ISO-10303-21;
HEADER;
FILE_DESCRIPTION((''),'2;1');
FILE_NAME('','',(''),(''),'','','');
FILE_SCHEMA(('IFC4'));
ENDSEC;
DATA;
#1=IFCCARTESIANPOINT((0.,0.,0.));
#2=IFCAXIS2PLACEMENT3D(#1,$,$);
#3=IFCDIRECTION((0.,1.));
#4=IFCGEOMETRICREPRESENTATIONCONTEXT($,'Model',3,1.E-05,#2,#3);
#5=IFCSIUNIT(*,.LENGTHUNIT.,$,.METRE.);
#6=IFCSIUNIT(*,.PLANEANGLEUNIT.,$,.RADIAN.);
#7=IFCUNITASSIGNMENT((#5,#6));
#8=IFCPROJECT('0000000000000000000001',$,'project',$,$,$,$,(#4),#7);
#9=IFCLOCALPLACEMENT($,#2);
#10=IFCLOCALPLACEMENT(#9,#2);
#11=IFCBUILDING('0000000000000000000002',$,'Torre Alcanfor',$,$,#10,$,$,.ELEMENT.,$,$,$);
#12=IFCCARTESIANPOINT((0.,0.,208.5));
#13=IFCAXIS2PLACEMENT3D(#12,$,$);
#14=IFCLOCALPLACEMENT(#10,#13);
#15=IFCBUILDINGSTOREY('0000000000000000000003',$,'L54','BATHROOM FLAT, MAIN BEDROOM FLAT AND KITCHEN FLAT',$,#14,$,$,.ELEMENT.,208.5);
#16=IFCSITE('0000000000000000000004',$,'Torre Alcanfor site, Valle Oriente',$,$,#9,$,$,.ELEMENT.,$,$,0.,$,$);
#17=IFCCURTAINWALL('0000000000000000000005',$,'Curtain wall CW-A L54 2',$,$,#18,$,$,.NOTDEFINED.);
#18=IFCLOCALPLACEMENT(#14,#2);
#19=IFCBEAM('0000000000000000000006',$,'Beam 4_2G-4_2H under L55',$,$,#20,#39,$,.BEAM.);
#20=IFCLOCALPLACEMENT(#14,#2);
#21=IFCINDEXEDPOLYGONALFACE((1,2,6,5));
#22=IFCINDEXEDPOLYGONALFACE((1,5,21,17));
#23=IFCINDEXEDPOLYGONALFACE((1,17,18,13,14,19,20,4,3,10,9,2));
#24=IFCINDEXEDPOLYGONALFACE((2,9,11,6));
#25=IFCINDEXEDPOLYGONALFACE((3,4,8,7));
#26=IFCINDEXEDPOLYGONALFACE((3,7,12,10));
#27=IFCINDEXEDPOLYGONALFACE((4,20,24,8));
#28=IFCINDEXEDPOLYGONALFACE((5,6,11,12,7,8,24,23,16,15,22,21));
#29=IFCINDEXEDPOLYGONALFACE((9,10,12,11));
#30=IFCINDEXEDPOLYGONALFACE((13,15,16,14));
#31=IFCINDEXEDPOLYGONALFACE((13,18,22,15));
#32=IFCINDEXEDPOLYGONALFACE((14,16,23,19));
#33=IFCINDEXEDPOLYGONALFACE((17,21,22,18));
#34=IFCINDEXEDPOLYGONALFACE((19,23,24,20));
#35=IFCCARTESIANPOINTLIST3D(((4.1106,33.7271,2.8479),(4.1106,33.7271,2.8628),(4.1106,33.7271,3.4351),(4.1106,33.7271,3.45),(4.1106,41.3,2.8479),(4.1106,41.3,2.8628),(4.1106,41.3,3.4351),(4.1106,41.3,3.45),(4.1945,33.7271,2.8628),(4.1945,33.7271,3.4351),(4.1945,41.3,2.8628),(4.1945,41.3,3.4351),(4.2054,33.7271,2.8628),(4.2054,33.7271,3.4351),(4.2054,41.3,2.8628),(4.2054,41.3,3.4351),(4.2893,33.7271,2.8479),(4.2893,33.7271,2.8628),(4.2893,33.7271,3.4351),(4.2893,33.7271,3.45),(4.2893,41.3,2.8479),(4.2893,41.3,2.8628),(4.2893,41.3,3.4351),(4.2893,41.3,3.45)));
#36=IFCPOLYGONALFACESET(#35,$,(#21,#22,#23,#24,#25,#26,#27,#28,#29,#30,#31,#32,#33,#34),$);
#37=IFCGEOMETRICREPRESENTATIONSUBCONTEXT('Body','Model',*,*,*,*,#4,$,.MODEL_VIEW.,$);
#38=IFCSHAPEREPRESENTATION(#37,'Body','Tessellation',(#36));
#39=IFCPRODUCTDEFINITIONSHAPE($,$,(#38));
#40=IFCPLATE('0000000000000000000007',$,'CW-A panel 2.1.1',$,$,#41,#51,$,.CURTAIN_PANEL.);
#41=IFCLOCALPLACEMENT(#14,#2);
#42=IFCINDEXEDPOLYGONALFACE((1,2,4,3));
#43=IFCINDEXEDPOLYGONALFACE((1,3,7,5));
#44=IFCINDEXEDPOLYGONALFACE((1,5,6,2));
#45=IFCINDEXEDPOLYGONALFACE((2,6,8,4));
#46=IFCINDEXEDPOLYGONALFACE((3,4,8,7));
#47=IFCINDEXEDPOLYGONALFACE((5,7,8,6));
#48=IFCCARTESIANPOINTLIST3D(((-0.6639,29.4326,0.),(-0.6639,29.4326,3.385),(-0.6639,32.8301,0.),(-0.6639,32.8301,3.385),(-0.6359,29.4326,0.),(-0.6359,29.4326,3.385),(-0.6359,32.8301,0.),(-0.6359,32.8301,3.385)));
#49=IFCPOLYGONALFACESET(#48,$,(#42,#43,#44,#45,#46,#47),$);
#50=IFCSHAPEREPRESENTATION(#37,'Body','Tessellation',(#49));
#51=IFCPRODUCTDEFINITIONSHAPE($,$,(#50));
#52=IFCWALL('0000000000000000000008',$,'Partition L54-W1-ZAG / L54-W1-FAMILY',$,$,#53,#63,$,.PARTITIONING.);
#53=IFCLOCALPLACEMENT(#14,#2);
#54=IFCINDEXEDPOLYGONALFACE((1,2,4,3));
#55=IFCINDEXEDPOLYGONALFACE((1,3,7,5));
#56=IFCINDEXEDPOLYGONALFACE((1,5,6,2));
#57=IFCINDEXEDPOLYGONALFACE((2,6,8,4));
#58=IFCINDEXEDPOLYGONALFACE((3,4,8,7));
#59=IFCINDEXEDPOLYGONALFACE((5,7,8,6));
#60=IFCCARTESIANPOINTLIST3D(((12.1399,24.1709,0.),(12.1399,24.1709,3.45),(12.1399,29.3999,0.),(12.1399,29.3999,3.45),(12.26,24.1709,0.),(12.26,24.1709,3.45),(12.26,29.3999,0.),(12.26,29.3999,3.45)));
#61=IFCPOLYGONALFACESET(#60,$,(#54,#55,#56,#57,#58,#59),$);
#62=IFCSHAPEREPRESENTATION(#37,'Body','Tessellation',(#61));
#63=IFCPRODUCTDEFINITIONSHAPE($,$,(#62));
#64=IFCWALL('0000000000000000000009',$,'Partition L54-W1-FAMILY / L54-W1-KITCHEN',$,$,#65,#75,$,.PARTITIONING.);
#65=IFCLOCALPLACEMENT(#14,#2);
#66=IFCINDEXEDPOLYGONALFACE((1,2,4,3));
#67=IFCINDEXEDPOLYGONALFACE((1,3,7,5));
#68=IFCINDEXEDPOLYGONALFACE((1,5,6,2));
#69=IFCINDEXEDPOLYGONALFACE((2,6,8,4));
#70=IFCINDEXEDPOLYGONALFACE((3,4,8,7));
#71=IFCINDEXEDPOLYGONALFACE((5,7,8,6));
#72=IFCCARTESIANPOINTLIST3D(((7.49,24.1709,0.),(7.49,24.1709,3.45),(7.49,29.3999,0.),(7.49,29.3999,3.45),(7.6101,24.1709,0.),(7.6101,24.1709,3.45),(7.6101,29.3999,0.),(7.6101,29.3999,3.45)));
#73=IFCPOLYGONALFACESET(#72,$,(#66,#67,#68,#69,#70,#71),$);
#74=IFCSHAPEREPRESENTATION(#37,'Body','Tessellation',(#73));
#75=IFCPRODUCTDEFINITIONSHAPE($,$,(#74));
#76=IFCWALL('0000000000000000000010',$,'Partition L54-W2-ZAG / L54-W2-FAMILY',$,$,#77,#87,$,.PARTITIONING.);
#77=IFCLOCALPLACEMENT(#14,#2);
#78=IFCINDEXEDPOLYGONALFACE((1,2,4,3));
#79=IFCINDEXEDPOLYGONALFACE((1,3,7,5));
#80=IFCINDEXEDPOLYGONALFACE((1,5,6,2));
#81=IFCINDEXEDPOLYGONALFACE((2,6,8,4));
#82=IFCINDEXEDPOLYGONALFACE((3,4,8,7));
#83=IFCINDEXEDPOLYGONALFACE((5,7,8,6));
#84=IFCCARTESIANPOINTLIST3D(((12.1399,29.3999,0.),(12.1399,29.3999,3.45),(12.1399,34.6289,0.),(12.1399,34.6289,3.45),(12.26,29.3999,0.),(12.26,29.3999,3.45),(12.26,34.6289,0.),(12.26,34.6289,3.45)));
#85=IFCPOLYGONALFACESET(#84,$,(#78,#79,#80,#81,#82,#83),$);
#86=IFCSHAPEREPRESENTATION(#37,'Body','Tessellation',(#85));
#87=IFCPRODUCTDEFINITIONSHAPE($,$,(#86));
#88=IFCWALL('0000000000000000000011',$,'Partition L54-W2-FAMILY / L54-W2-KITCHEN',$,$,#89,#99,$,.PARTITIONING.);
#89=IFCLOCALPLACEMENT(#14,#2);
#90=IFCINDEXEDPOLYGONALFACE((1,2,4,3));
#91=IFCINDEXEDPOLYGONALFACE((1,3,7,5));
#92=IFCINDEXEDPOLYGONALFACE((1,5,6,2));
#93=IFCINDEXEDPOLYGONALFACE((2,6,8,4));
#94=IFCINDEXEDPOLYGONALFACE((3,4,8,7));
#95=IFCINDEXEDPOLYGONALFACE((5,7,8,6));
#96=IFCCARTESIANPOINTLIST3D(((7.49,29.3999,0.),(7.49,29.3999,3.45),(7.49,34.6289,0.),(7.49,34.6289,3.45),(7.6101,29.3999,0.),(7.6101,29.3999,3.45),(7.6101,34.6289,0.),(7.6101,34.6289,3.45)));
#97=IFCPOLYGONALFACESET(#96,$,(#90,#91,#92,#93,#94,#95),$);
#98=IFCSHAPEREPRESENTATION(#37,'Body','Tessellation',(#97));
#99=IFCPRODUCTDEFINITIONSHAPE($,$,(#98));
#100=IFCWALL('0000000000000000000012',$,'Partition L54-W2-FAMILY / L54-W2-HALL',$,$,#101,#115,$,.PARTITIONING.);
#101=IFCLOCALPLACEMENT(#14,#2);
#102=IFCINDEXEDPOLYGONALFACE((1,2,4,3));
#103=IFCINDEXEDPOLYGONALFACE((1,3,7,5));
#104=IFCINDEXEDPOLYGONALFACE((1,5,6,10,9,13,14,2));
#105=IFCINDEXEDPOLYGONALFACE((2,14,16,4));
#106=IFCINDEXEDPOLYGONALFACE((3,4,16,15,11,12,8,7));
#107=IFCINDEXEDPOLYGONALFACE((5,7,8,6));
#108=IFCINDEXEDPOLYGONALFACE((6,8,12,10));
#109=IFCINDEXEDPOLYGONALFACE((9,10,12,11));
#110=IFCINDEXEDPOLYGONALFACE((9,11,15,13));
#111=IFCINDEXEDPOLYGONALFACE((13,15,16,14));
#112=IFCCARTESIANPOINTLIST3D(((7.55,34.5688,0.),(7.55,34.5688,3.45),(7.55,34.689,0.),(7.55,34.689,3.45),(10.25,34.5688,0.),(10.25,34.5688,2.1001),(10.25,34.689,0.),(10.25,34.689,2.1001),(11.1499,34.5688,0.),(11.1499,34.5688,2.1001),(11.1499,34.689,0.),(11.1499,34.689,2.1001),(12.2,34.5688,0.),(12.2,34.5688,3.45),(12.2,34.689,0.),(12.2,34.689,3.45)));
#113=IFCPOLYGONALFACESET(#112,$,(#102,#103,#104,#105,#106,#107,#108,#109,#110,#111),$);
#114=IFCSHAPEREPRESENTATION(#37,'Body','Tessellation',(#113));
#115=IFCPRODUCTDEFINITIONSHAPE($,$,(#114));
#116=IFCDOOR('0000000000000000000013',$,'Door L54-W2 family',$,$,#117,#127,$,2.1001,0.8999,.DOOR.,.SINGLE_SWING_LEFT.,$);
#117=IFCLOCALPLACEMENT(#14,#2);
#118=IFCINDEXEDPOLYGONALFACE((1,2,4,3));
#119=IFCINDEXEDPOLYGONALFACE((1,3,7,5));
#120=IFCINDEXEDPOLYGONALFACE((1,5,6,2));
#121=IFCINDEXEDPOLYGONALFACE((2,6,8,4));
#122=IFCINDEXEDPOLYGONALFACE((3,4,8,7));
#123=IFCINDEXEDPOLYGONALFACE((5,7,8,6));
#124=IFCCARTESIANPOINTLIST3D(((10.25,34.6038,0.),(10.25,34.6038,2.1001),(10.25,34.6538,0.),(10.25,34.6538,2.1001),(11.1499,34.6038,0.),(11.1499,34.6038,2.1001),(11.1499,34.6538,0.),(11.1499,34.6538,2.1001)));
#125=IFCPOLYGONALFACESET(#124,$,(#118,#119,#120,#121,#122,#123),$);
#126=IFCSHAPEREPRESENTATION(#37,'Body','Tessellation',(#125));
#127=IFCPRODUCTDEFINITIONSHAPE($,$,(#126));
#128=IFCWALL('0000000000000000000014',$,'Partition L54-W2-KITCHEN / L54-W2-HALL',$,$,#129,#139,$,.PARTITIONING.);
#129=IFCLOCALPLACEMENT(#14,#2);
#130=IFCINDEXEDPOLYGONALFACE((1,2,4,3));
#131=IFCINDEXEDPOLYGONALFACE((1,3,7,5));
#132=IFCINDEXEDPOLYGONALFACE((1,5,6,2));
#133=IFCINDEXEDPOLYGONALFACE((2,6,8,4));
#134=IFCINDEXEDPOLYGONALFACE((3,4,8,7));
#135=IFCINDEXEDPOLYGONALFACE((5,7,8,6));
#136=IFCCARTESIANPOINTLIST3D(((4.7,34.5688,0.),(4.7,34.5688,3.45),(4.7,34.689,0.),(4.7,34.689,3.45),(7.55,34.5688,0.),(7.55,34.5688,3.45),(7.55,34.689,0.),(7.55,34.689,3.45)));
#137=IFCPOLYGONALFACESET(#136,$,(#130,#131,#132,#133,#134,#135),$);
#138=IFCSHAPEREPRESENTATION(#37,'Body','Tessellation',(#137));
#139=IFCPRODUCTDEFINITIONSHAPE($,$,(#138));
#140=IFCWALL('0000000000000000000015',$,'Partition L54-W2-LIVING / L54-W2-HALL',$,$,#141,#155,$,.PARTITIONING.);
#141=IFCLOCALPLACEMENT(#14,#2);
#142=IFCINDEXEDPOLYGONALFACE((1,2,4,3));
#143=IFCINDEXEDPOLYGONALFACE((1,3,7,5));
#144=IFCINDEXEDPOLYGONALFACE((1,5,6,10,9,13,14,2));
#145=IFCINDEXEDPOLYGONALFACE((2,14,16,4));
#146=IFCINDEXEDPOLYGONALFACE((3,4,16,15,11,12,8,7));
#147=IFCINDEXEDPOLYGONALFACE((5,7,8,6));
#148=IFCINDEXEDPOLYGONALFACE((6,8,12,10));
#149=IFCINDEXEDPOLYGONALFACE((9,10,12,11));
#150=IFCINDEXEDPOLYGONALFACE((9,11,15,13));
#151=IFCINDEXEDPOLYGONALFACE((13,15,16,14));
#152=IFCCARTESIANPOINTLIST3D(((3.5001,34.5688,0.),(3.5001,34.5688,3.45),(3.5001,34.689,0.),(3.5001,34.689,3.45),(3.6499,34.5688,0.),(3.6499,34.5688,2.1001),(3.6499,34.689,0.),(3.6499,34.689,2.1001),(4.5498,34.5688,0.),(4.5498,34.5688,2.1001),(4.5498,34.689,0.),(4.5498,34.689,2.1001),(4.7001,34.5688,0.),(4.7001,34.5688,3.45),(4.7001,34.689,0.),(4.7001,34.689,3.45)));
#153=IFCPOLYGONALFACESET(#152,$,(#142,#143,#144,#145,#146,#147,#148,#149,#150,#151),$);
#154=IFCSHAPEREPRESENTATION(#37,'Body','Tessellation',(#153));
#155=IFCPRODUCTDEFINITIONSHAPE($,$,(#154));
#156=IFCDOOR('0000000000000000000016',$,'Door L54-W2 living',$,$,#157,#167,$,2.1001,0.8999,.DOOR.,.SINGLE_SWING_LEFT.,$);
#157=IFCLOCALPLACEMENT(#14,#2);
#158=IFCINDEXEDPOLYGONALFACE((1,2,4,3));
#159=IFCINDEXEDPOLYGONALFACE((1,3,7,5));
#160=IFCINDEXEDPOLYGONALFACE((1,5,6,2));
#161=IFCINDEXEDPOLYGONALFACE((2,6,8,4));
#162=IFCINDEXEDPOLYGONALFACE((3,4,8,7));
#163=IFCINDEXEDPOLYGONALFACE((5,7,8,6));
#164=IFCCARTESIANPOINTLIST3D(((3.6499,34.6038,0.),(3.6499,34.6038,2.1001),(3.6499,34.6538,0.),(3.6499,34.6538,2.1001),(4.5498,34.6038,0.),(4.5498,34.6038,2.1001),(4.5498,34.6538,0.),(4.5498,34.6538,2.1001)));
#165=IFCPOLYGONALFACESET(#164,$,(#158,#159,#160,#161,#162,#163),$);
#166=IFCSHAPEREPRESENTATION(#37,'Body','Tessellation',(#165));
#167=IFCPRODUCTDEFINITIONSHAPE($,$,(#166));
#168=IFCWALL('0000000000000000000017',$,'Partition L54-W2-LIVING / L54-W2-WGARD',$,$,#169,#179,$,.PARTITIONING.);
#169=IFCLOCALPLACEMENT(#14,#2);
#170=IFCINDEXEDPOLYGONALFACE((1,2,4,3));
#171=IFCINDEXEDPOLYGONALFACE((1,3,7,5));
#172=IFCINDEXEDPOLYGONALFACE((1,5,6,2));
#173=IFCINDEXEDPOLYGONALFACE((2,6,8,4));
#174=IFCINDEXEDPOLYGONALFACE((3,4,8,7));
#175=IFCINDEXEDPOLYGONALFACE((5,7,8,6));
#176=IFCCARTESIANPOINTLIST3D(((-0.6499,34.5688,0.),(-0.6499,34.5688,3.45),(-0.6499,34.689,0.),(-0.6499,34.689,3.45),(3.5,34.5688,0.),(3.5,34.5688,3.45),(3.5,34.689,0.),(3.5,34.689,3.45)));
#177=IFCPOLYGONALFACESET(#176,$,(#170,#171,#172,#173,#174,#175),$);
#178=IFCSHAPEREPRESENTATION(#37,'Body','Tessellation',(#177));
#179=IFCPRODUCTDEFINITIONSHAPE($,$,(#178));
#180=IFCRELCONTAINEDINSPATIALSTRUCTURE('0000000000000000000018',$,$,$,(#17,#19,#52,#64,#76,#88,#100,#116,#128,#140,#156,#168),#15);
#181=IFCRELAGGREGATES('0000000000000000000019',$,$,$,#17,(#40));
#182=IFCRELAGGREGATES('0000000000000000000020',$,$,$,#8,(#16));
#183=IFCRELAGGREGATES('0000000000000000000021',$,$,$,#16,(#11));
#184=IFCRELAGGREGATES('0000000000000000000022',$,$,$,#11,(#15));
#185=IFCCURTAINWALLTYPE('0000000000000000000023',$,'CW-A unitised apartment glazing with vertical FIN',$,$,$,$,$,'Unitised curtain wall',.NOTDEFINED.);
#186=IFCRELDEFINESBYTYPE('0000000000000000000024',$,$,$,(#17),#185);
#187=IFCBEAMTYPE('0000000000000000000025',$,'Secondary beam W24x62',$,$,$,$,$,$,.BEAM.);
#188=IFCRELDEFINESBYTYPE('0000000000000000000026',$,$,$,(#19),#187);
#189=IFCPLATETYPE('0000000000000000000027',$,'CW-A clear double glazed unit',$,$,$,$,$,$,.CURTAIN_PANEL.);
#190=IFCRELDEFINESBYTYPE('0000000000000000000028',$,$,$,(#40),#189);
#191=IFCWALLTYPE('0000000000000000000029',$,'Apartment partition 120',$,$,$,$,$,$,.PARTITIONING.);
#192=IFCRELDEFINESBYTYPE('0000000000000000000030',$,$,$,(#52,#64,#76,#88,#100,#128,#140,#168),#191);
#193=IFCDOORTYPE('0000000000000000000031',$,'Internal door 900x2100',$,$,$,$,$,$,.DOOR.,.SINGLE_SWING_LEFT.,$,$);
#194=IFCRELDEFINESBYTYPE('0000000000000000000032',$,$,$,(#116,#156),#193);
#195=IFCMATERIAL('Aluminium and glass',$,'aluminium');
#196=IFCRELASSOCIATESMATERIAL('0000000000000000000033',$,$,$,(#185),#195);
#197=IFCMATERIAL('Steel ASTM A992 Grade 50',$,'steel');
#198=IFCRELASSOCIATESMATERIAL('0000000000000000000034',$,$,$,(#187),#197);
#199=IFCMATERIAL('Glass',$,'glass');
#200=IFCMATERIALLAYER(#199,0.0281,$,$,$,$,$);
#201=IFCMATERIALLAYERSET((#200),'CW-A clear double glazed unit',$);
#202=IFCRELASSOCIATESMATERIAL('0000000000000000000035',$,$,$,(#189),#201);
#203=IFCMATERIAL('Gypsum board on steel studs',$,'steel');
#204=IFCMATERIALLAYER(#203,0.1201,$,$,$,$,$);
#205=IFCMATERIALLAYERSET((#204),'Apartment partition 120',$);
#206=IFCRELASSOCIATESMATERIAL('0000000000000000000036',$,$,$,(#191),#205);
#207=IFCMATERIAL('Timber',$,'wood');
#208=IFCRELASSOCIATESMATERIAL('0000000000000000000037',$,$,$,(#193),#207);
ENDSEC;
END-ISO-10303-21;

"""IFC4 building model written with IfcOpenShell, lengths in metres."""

from ifc_helpers import new_model, si_unit, direction, frame, frame_2d, origin, origin_2d, place, context, subcontext, project, spatial, rectangle, i_section, extrude, material, layer, layer_set, material_profile, profile_set, type_object, element, fill, aggregate, save


model = new_model("IFC4")

# Units and contexts
model_context = context("Model", 3, precision=1e-05, world=origin(), true_north=direction((0.0, 1.0)))
body_context = subcontext(model_context, "Body", "Model", "MODEL_VIEW")
ifc_project = project(units=[si_unit("LENGTHUNIT", "METRE"), si_unit("PLANEANGLEUNIT", "RADIAN")], contexts=[model_context])

# Site, building, storey
site_placement = place(None, origin())
site = spatial("IfcSite", under=ifc_project, at=site_placement, Name="Torre Alcanfor site, Valle Oriente", CompositionType="ELEMENT", RefElevation=0.0)
building_placement = place(site_placement, origin())
building = spatial("IfcBuilding", under=site, at=building_placement, Name="Torre Alcanfor", CompositionType="ELEMENT")
storey_placement = place(building_placement, frame((0.0, 0.0, 208.5)))
storey = spatial("IfcBuildingStorey", under=building, at=storey_placement, Name="L54", Description="BATHROOM FLAT, MAIN BEDROOM FLAT AND KITCHEN FLAT", CompositionType="ELEMENT", Elevation=208.5)

# Curtain wall
ifc_material_1 = material(Name="Aluminium and glass", Category="aluminium")
curtain_wall_type = type_object("IfcCurtainWallType", Name="CW-A unitised apartment glazing with vertical FIN", ElementType="Unitised curtain wall", PredefinedType="NOTDEFINED", material=ifc_material_1)
curtain_wall_placement = place(storey_placement, origin())
curtain_wall = element("IfcCurtainWall", 1, at=curtain_wall_placement, inside=storey, type_object=curtain_wall_type, Name="Curtain wall CW-A L54 2", PredefinedType="NOTDEFINED")

# Beam
ifc_material_2 = material(Name="Steel ASTM A992 Grade 50", Category="steel")
ifc_material_profile_1 = material_profile(ifc_material_2, i_section(OverallWidth=0.1787, OverallDepth=0.6021, WebThickness=0.011, FlangeThickness=0.0149, at=origin_2d()), Name="W24x62")
ifc_profile_set_1 = profile_set([ifc_material_profile_1], Name="Steel ASTM A992 Grade 50")
beam_type_1 = type_object("IfcBeamType", Name="Secondary beam W24x62", PredefinedType="BEAM", material=ifc_profile_set_1)
beam_1_placement = place(storey_placement, frame((4.2, 33.7271, 3.1489), z_axis=(0.0, 1.0, 0.0), x_axis=(-1.0, 0.0, 0.0)))
element("IfcBeam", 2, at=beam_1_placement, inside=storey, type_object=beam_type_1, Name="Beam 4_2G-4_2H under L55", PredefinedType="BEAM", context=body_context, shape_type="SweptSolid", body=[
    extrude(i_section(OverallWidth=0.1787, OverallDepth=0.6021, WebThickness=0.011, FlangeThickness=0.0149, at=origin_2d()), origin(), (0.0, 0.0, 1.0), 7.573),
])

# Plate
ifc_material_3 = material(Name="Glass", Category="glass")
ifc_layer_1 = layer(ifc_material_3, 0.0281)
ifc_layer_set_1 = layer_set([ifc_layer_1], Name="CW-A clear double glazed unit")
plate_type = type_object("IfcPlateType", Name="CW-A clear double glazed unit", PredefinedType="CURTAIN_PANEL", material=ifc_layer_set_1)
plate_placement = place(storey_placement, frame((-0.6499, 31.1313, 0.0), z_axis=(0.0, 0.0, 1.0), x_axis=(0.0, -1.0, 0.0)))
plate = element("IfcPlate", 3, at=plate_placement, type_object=plate_type, Name="CW-A panel 2.1.1", PredefinedType="CURTAIN_PANEL", context=body_context, shape_type="SweptSolid", body=[
    extrude(rectangle(XDim=3.3975, YDim=0.0281, at=origin_2d()), origin(), (0.0, 0.0, 1.0), 3.385),
])
aggregate(curtain_wall, [plate])

# Walls
ifc_material_4 = material(Name="Gypsum board on steel studs", Category="steel")
ifc_layer_2 = layer(ifc_material_4, 0.1201)
ifc_layer_set_2 = layer_set([ifc_layer_2], Name="Apartment partition 120")
wall_type_1 = type_object("IfcWallType", Name="Apartment partition 120", PredefinedType="PARTITIONING", material=ifc_layer_set_2)
for number, where, z_axis, x_axis, name in (
    (4, (12.2, 29.3999, 0.0), (0.0, 0.0, 1.0), (0.0, -1.0, 0.0), "Partition L54-W1-ZAG / L54-W1-FAMILY"),
    (5, (7.55, 29.3999, 0.0), (0.0, 0.0, 1.0), (0.0, -1.0, 0.0), "Partition L54-W1-FAMILY / L54-W1-KITCHEN"),
    (6, (12.2, 29.3999, 0.0), (0.0, 0.0, 1.0), (0.0, 1.0, 0.0), "Partition L54-W2-ZAG / L54-W2-FAMILY"),
    (7, (7.55, 29.3999, 0.0), (0.0, 0.0, 1.0), (0.0, 1.0, 0.0), "Partition L54-W2-FAMILY / L54-W2-KITCHEN"),
):
    element("IfcWall", number, at=place(storey_placement, frame(where, z_axis=z_axis, x_axis=x_axis)), inside=storey, type_object=wall_type_1, Name=name, PredefinedType="PARTITIONING", context=body_context, shape_type="SweptSolid", body=[
        extrude(rectangle(XDim=5.229, YDim=0.1201, at=frame_2d((2.6145, 0.0))), origin(), (0.0, 0.0, 1.0), 3.45),
    ])

# Wall, opening, door
wall_1_placement = place(storey_placement, frame((7.55, 34.6289, 0.0), z_axis=(0.0, 0.0, 1.0), x_axis=(1.0, 0.0, 0.0)))
wall_1 = element("IfcWall", 8, at=wall_1_placement, inside=storey, type_object=wall_type_1, Name="Partition L54-W2-FAMILY / L54-W2-HALL", PredefinedType="PARTITIONING", context=body_context, shape_type="SweptSolid", body=[
    extrude(rectangle(XDim=4.6499, YDim=0.1201, at=frame_2d((2.325, 0.0))), origin(), (0.0, 0.0, 1.0), 3.45),
])
opening_1_placement = place(wall_1_placement, frame((2.7, 0.0, 0.0)))
opening_1 = element("IfcOpeningElement", 9, at=opening_1_placement, cuts=wall_1, PredefinedType="OPENING", context=body_context, shape_type="SweptSolid", body=[
    extrude(rectangle(XDim=0.8999, YDim=2.1001, at=frame_2d((0.45, 1.05))), frame((0.0, 0.0701, 0.0), z_axis=(0.0, -1.0, 0.0), x_axis=(1.0, 0.0, 0.0)), (0.0, 0.0, 1.0), 0.1401),
])
ifc_material_5 = material(Name="Timber", Category="wood")
door_type = type_object("IfcDoorType", Name="Internal door 900x2100", OperationType="SINGLE_SWING_LEFT", PredefinedType="DOOR", material=ifc_material_5)
door_1_placement = place(opening_1_placement, frame((0.8999, 0.0, 0.0), z_axis=(0.0, 0.0, 1.0), x_axis=(-1.0, 0.0, 0.0)))
door_1 = element("IfcDoor", 10, at=door_1_placement, inside=storey, type_object=door_type, Name="Door L54-W2 family", OperationType="SINGLE_SWING_LEFT", OverallHeight=2.1001, OverallWidth=0.8999, PredefinedType="DOOR", context=body_context, shape_type="SweptSolid", body=[
    extrude(rectangle(XDim=0.8999, YDim=2.1001, at=frame_2d((0.45, 1.05))), frame((0.0, 0.0251, 0.0), z_axis=(0.0, -1.0, 0.0), x_axis=(1.0, 0.0, 0.0)), (0.0, 0.0, 1.0), 0.05),
])
fill(opening_1, door_1)

# Wall
wall_2_placement = place(storey_placement, frame((4.7, 34.6289, 0.0), z_axis=(0.0, 0.0, 1.0), x_axis=(1.0, 0.0, 0.0)))
element("IfcWall", 11, at=wall_2_placement, inside=storey, type_object=wall_type_1, Name="Partition L54-W2-KITCHEN / L54-W2-HALL", PredefinedType="PARTITIONING", context=body_context, shape_type="SweptSolid", body=[
    extrude(rectangle(XDim=2.8501, YDim=0.1201, at=frame_2d((1.425, 0.0))), origin(), (0.0, 0.0, 1.0), 3.45),
])

# Wall, opening, door
wall_3_placement = place(storey_placement, frame((3.5, 34.6289, 0.0), z_axis=(0.0, 0.0, 1.0), x_axis=(1.0, 0.0, 0.0)))
wall_3 = element("IfcWall", 12, at=wall_3_placement, inside=storey, type_object=wall_type_1, Name="Partition L54-W2-LIVING / L54-W2-HALL", PredefinedType="PARTITIONING", context=body_context, shape_type="SweptSolid", body=[
    extrude(rectangle(XDim=1.2, YDim=0.1201, at=frame_2d((0.6001, 0.0))), origin(), (0.0, 0.0, 1.0), 3.45),
])
opening_2_placement = place(wall_3_placement, frame((0.1499, 0.0, 0.0)))
opening_2 = element("IfcOpeningElement", 13, at=opening_2_placement, cuts=wall_3, PredefinedType="OPENING", context=body_context, shape_type="SweptSolid", body=[
    extrude(rectangle(XDim=0.8999, YDim=2.1001, at=frame_2d((0.45, 1.05))), frame((0.0, 0.0701, 0.0), z_axis=(0.0, -1.0, 0.0), x_axis=(1.0, 0.0, 0.0)), (0.0, 0.0, 1.0), 0.1401),
])
door_2_placement = place(opening_2_placement, frame((0.8999, 0.0, 0.0), z_axis=(0.0, 0.0, 1.0), x_axis=(-1.0, 0.0, 0.0)))
door_2 = element("IfcDoor", 14, at=door_2_placement, inside=storey, type_object=door_type, Name="Door L54-W2 living", OperationType="SINGLE_SWING_LEFT", OverallHeight=2.1001, OverallWidth=0.8999, PredefinedType="DOOR", context=body_context, shape_type="SweptSolid", body=[
    extrude(rectangle(XDim=0.8999, YDim=2.1001, at=frame_2d((0.45, 1.05))), frame((0.0, 0.0251, 0.0), z_axis=(0.0, -1.0, 0.0), x_axis=(1.0, 0.0, 0.0)), (0.0, 0.0, 1.0), 0.05),
])
fill(opening_2, door_2)

# Wall
wall_4_placement = place(storey_placement, frame((-0.6499, 34.6289, 0.0), z_axis=(0.0, 0.0, 1.0), x_axis=(1.0, 0.0, 0.0)))
element("IfcWall", 15, at=wall_4_placement, inside=storey, type_object=wall_type_1, Name="Partition L54-W2-LIVING / L54-W2-WGARD", PredefinedType="PARTITIONING", context=body_context, shape_type="SweptSolid", body=[
    extrude(rectangle(XDim=4.1499, YDim=0.1201, at=frame_2d((2.075, 0.0))), origin(), (0.0, 0.0, 1.0), 3.45),
])

save(model, "model.ifc")
